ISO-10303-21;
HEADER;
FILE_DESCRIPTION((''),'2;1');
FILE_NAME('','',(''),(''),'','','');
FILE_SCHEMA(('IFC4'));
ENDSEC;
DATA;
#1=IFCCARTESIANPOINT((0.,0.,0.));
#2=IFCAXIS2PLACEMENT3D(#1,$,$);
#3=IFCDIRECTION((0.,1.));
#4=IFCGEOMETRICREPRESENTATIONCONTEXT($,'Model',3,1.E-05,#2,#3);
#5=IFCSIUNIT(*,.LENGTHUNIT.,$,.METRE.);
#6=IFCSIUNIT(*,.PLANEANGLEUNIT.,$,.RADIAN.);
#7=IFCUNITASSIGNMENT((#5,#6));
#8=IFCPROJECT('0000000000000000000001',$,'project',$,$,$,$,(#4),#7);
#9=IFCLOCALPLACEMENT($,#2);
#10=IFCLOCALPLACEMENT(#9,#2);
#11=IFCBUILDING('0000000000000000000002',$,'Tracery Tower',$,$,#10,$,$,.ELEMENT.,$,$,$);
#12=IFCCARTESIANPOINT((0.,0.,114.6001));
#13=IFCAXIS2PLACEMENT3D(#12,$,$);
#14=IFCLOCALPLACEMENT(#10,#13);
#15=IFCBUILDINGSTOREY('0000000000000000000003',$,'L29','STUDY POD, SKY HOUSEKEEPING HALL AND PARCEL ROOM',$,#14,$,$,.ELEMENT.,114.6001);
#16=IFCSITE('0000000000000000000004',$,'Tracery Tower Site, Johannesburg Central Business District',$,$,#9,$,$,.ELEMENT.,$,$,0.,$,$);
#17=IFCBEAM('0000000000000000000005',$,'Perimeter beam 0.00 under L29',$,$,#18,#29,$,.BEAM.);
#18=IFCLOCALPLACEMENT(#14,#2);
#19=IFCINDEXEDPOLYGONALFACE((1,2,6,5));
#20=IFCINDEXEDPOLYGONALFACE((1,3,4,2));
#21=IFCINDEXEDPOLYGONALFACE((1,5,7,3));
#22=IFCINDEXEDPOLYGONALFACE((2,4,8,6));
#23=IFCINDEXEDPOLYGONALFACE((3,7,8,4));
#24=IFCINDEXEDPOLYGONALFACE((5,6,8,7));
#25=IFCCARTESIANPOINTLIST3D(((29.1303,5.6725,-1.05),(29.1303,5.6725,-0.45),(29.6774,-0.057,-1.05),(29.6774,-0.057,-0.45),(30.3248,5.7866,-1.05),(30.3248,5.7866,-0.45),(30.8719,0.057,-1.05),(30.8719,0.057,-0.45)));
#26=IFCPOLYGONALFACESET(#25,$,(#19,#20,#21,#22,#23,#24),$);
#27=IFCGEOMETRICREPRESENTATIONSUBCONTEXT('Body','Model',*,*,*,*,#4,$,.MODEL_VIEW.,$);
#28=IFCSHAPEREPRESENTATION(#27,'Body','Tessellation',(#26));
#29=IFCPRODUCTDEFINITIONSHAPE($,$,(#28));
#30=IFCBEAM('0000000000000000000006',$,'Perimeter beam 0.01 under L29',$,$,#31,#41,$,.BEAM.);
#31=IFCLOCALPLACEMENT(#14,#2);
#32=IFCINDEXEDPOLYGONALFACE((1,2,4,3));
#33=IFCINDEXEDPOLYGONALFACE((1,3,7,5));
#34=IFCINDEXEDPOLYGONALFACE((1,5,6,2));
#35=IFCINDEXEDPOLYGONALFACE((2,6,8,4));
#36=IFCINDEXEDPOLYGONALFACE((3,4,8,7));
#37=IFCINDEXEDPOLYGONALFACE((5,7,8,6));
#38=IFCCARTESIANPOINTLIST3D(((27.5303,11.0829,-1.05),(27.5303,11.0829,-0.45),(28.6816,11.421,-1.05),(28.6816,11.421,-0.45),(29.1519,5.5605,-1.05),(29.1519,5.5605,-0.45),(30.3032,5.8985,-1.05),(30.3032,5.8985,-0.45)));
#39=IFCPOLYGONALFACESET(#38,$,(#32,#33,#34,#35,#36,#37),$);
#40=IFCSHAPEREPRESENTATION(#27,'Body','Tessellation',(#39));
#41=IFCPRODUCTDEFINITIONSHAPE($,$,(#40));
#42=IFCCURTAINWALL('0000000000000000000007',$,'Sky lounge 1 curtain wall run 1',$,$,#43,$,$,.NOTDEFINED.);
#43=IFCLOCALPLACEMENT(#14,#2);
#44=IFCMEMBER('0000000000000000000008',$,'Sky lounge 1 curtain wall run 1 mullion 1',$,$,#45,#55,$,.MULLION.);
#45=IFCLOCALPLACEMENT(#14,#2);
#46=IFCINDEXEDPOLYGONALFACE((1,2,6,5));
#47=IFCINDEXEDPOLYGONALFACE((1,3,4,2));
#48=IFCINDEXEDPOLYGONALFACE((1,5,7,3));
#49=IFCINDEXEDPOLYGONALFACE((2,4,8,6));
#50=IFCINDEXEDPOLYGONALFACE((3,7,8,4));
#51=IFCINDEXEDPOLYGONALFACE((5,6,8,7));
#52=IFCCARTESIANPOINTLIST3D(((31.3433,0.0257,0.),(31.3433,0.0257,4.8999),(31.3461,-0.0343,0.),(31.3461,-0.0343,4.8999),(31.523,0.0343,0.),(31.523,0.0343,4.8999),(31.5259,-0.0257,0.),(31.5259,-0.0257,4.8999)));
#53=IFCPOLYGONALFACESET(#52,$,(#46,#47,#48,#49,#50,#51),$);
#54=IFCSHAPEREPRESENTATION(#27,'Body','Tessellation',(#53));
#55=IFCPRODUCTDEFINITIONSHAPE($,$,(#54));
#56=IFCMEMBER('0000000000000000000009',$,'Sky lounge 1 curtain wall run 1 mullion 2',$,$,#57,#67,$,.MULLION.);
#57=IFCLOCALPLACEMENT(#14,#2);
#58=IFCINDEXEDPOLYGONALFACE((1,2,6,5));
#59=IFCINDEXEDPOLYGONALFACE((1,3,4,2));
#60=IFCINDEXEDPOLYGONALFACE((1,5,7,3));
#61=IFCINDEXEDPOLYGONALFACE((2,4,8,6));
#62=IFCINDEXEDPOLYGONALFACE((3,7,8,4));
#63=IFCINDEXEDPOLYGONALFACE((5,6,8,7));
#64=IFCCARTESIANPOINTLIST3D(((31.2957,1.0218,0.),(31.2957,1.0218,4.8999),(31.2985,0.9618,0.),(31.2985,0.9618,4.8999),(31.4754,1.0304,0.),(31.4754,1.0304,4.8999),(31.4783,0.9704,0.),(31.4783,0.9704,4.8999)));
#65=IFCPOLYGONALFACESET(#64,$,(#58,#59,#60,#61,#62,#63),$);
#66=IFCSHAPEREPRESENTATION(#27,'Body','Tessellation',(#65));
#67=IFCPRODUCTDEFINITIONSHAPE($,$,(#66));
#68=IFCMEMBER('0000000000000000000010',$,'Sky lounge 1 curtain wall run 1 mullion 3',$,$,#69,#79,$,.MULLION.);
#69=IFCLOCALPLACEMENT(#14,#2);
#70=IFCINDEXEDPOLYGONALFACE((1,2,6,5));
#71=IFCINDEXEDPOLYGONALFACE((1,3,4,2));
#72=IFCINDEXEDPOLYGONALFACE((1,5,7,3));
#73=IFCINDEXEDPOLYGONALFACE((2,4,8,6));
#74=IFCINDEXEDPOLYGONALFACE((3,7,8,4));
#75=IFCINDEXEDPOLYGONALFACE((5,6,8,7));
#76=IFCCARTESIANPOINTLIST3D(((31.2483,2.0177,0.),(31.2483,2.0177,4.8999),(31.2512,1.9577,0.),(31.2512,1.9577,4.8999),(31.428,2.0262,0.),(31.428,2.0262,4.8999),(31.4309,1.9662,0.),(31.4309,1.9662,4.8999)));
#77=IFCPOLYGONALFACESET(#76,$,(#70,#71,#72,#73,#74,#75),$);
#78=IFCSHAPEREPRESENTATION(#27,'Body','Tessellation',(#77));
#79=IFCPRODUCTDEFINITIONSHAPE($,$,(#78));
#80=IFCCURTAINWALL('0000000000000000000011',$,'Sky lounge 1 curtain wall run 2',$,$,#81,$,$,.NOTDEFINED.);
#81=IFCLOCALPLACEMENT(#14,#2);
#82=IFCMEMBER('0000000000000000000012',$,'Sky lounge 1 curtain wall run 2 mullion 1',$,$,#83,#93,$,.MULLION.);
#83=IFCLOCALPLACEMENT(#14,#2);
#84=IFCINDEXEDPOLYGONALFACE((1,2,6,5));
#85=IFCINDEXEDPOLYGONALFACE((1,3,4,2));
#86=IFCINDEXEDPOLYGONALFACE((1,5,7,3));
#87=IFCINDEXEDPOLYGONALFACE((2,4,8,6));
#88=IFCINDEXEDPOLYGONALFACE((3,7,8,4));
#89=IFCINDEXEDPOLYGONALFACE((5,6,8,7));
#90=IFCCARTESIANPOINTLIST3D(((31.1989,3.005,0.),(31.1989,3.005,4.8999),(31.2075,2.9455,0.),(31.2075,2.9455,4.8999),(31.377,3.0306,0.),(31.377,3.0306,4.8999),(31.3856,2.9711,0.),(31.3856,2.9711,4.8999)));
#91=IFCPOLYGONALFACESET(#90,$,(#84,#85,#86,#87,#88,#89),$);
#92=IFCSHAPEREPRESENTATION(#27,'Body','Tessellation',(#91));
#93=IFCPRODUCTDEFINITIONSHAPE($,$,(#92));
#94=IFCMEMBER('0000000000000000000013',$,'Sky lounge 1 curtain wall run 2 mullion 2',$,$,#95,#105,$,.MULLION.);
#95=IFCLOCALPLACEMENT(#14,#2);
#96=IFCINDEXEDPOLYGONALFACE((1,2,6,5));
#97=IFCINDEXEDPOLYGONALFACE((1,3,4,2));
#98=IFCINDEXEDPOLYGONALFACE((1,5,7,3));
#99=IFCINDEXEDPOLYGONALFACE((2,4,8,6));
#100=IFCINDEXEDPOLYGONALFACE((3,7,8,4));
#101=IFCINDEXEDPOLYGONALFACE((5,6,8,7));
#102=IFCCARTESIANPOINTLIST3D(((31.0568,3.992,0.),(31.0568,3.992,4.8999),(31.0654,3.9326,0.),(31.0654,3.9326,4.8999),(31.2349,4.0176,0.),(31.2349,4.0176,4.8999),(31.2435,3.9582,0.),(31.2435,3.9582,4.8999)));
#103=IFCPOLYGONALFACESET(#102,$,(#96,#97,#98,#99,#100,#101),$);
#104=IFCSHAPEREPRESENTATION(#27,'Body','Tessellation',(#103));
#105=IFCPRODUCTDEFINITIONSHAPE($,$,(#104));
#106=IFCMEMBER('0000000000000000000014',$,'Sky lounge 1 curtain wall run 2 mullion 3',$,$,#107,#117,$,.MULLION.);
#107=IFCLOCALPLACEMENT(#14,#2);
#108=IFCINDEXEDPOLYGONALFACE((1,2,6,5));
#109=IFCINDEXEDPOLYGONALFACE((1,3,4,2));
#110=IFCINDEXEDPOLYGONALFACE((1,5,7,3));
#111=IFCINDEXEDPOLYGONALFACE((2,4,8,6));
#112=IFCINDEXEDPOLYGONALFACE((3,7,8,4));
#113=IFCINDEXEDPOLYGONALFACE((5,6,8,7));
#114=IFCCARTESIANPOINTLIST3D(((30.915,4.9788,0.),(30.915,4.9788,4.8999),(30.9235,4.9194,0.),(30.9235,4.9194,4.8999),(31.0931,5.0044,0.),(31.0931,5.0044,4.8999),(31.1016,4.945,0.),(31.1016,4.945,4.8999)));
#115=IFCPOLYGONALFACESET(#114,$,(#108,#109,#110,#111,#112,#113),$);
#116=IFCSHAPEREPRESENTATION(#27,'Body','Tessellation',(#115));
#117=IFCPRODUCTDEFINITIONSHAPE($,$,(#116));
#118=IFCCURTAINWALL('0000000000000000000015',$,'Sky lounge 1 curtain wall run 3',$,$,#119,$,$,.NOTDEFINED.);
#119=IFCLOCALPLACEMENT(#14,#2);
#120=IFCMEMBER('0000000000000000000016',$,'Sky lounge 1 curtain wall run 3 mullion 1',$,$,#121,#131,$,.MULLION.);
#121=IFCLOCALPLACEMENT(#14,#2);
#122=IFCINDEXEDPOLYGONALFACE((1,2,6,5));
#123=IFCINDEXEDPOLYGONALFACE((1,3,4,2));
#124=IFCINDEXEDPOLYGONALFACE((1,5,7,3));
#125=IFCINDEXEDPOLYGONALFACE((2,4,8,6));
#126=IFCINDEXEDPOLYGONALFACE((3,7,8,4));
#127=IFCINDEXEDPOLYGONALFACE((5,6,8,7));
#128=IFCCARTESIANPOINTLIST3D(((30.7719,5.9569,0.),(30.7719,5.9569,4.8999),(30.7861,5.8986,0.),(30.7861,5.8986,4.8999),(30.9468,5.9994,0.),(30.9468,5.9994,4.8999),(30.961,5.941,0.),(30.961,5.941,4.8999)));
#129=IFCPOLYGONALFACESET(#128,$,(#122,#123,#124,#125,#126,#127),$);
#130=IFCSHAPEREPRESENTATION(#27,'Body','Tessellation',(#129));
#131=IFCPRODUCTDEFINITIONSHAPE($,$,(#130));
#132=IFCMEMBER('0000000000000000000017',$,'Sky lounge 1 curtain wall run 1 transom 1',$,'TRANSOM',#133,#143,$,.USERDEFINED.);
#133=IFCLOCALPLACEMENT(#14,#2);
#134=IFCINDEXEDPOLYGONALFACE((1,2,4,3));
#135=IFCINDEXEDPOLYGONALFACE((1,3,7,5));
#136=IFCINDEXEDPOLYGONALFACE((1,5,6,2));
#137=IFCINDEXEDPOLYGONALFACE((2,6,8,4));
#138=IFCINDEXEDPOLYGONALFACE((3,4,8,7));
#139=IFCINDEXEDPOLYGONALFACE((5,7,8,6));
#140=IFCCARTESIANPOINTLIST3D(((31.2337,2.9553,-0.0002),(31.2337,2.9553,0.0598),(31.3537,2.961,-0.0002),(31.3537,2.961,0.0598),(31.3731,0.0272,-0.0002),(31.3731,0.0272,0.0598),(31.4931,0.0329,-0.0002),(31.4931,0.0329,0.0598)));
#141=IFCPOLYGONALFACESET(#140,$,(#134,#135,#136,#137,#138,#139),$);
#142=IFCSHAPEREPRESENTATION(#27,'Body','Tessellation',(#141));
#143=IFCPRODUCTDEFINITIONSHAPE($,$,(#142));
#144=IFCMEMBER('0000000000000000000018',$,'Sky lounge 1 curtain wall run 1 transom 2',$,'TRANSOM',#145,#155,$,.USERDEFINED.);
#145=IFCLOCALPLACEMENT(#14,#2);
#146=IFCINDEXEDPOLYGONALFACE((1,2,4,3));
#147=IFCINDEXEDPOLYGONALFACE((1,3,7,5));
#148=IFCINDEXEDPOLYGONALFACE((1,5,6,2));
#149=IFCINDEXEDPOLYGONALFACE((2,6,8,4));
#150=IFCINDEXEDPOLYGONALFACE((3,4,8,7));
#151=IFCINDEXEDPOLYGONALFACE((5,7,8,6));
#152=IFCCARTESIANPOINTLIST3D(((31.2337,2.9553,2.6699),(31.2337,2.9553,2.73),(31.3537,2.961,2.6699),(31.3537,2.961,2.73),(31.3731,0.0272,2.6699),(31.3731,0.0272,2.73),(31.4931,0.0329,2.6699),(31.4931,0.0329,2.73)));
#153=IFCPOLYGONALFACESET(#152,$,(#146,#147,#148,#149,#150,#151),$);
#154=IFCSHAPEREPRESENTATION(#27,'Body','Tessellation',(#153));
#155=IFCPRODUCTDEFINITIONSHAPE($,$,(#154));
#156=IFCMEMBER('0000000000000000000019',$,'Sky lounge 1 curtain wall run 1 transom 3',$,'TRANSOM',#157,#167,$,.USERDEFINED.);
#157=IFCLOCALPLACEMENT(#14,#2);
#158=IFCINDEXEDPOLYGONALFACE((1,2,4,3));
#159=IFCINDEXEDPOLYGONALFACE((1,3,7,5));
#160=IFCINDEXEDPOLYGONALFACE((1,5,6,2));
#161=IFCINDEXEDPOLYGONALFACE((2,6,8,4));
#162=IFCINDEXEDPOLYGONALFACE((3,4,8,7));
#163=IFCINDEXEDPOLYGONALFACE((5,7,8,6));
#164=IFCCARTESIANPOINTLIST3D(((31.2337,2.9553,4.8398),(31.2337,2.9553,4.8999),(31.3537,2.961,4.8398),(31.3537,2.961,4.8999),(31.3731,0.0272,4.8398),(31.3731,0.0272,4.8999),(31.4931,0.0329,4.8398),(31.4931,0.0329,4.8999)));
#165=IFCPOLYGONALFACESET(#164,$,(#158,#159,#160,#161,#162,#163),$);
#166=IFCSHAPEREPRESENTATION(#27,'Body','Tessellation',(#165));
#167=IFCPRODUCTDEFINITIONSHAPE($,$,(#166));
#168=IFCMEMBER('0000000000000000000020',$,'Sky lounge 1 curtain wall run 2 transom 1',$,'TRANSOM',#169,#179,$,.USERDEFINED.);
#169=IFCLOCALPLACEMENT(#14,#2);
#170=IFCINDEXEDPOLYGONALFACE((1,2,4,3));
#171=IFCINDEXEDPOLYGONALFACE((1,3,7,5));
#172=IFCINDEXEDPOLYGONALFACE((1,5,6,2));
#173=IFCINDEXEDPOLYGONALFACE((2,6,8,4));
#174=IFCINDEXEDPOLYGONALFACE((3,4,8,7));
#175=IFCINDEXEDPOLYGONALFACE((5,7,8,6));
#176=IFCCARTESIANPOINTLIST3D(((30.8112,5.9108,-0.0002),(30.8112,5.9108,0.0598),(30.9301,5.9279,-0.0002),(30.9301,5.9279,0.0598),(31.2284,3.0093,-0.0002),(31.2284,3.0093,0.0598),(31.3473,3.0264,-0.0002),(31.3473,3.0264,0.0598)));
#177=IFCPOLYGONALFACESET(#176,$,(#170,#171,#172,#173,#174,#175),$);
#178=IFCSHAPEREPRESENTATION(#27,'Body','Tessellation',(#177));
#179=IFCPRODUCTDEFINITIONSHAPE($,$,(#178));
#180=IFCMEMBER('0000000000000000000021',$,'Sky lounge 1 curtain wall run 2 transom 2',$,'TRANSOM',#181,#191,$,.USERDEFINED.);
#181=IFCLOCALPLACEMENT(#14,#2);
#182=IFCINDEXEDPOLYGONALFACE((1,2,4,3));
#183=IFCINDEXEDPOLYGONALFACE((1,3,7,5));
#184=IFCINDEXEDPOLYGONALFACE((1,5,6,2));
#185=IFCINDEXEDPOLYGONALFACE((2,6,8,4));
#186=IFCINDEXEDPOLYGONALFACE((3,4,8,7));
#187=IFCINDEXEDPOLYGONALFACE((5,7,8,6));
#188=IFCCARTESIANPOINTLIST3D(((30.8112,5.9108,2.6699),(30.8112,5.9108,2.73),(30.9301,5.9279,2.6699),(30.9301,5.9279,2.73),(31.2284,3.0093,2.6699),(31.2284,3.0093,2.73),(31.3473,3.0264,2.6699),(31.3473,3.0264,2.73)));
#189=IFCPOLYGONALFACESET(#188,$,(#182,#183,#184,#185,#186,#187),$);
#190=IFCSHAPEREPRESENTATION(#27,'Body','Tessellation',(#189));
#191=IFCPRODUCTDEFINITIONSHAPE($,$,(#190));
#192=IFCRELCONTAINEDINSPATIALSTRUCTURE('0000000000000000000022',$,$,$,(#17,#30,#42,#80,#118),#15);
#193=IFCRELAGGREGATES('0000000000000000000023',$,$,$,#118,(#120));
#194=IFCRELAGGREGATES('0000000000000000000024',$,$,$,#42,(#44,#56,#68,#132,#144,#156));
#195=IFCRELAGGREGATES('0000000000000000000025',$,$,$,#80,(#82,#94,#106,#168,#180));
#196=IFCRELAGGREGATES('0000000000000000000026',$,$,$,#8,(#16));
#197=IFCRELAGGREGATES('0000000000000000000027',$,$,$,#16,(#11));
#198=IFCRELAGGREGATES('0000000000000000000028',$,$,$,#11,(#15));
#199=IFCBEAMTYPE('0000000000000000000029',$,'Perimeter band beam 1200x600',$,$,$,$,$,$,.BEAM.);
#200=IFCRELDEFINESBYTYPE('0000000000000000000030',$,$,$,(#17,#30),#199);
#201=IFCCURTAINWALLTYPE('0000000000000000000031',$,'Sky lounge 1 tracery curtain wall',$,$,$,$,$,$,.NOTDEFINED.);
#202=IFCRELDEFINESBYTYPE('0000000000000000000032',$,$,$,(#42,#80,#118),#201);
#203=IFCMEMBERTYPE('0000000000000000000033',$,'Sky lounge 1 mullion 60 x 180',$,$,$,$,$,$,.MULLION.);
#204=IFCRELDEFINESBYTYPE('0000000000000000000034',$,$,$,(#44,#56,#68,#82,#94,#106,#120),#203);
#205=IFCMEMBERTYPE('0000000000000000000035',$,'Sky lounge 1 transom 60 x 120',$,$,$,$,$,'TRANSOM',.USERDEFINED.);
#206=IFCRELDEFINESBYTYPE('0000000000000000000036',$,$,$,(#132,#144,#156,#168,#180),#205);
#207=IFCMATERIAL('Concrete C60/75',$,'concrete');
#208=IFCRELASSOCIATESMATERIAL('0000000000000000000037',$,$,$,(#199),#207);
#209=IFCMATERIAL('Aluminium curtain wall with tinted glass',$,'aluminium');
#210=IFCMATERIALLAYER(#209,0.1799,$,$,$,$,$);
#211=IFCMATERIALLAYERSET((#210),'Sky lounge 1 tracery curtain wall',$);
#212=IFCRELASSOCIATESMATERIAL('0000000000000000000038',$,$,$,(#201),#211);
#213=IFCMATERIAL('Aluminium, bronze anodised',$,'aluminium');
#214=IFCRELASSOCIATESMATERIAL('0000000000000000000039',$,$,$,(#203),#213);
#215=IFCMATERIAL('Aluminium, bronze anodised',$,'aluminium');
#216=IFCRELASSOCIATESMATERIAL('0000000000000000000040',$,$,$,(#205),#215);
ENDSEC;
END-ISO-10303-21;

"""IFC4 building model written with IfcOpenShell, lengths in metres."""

from ifc_helpers import new_model, si_unit, direction, frame, origin, origin_2d, place, context, subcontext, project, spatial, rectangle, extrude, material, layer, layer_set, material_profile, profile_set, type_object, element, aggregate, save


model = new_model("IFC4")

# Units and contexts
model_context = context("Model", 3, precision=1e-05, world=origin(), true_north=direction((0.0, 1.0)))
body_context = subcontext(model_context, "Body", "Model", "MODEL_VIEW")
ifc_project = project(units=[si_unit("LENGTHUNIT", "METRE"), si_unit("PLANEANGLEUNIT", "RADIAN")], contexts=[model_context])

# Site, building, storey
site_placement = place(None, origin())
site = spatial("IfcSite", under=ifc_project, at=site_placement, Name="Tracery Tower Site, Johannesburg Central Business District", CompositionType="ELEMENT", RefElevation=0.0)
building_placement = place(site_placement, origin())
building = spatial("IfcBuilding", under=site, at=building_placement, Name="Tracery Tower", CompositionType="ELEMENT")
storey_placement = place(building_placement, frame((0.0, 0.0, 114.6001)))
storey = spatial("IfcBuildingStorey", under=building, at=storey_placement, Name="L29", Description="STUDY POD, SKY HOUSEKEEPING HALL AND PARCEL ROOM", CompositionType="ELEMENT", Elevation=114.6001)

# Beams
ifc_material_1 = material(Name="Concrete C60/75", Category="concrete")
ifc_material_profile_1 = material_profile(ifc_material_1, rectangle(XDim=1.2, YDim=0.6001, at=origin_2d()), Name="RC 1200x600")
ifc_profile_set_1 = profile_set([ifc_material_profile_1], Name="Concrete C60/75")
beam_type = type_object("IfcBeamType", Name="Perimeter band beam 1200x600", PredefinedType="BEAM", material=ifc_profile_set_1)
for number, where, z_axis, x_axis, name in (
    (1, (30.2747, 0.0, -0.75), (-0.095059, 0.995472, 0.0), (-0.995472, -0.095059, 0.0), "Perimeter beam 0.00 under L29"),
    (2, (29.7275, 5.7295, -0.75), (-0.281739, 0.959491, 0.0), (-0.959491, -0.281739, 0.0), "Perimeter beam 0.01 under L29"),
):
    element("IfcBeam", number, at=place(storey_placement, frame(where, z_axis=z_axis, x_axis=x_axis)), inside=storey, type_object=beam_type, Name=name, PredefinedType="BEAM", context=body_context, shape_type="SweptSolid", body=[
        extrude(rectangle(XDim=1.2, YDim=0.6001, at=origin_2d()), origin(), (0.0, 0.0, 1.0), 5.7556),
    ])

# Curtain walls, members
ifc_material_2 = material(Name="Aluminium curtain wall with tinted glass", Category="aluminium")
ifc_layer_1 = layer(ifc_material_2, 0.1799)
ifc_layer_set_1 = layer_set([ifc_layer_1], Name="Sky lounge 1 tracery curtain wall")
curtain_wall_type = type_object("IfcCurtainWallType", Name="Sky lounge 1 tracery curtain wall", PredefinedType="NOTDEFINED", material=ifc_layer_set_1)
curtain_wall_1_placement = place(storey_placement, origin())
curtain_wall_1 = element("IfcCurtainWall", 3, at=curtain_wall_1_placement, inside=storey, type_object=curtain_wall_type, Name="Sky lounge 1 curtain wall run 1", PredefinedType="NOTDEFINED")
ifc_material_3 = material(Name="Aluminium, bronze anodised", Category="aluminium")
ifc_material_profile_2 = material_profile(ifc_material_3, rectangle(XDim=0.1799, YDim=0.0601, at=origin_2d()), Name="AL 60x180")
ifc_profile_set_2 = profile_set([ifc_material_profile_2], Name="Aluminium, bronze anodised")
member_type_1 = type_object("IfcMemberType", Name="Sky lounge 1 mullion 60 x 180", PredefinedType="MULLION", material=ifc_profile_set_2)
member_1_placement = place(storey_placement, frame((31.4346, 0.0, 0.0), z_axis=(0.0, 0.0, 1.0), x_axis=(-0.998867, -0.047582, 0.0)))
member_1 = element("IfcMember", 4, at=member_1_placement, type_object=member_type_1, Name="Sky lounge 1 curtain wall run 1 mullion 1", PredefinedType="MULLION", context=body_context, shape_type="SweptSolid", body=[
    extrude(rectangle(XDim=0.1799, YDim=0.0601, at=origin_2d()), origin(), (0.0, 0.0, 1.0), 4.8999),
])
member_2_placement = place(storey_placement, frame((31.387, 0.9961, 0.0), z_axis=(0.0, 0.0, 1.0), x_axis=(-0.998867, -0.047582, 0.0)))
member_2 = element("IfcMember", 5, at=member_2_placement, type_object=member_type_1, Name="Sky lounge 1 curtain wall run 1 mullion 2", PredefinedType="MULLION", context=body_context, shape_type="SweptSolid", body=[
    extrude(rectangle(XDim=0.1799, YDim=0.0601, at=origin_2d()), origin(), (0.0, 0.0, 1.0), 4.8999),
])
member_3_placement = place(storey_placement, frame((31.3396, 1.9919, 0.0), z_axis=(0.0, 0.0, 1.0), x_axis=(-0.998867, -0.047582, 0.0)))
member_3 = element("IfcMember", 6, at=member_3_placement, type_object=member_type_1, Name="Sky lounge 1 curtain wall run 1 mullion 3", PredefinedType="MULLION", context=body_context, shape_type="SweptSolid", body=[
    extrude(rectangle(XDim=0.1799, YDim=0.0601, at=origin_2d()), origin(), (0.0, 0.0, 1.0), 4.8999),
])
curtain_wall_2_placement = place(storey_placement, origin())
curtain_wall_2 = element("IfcCurtainWall", 7, at=curtain_wall_2_placement, inside=storey, type_object=curtain_wall_type, Name="Sky lounge 1 curtain wall run 2", PredefinedType="NOTDEFINED")
member_4_placement = place(storey_placement, frame((31.2922, 2.988, 0.0), z_axis=(0.0, 0.0, 1.0), x_axis=(-0.989821, -0.142315, 0.0)))
member_4 = element("IfcMember", 8, at=member_4_placement, type_object=member_type_1, Name="Sky lounge 1 curtain wall run 2 mullion 1", PredefinedType="MULLION", context=body_context, shape_type="SweptSolid", body=[
    extrude(rectangle(XDim=0.1799, YDim=0.0601, at=origin_2d()), origin(), (0.0, 0.0, 1.0), 4.8999),
])
member_5_placement = place(storey_placement, frame((31.1501, 3.9751, 0.0), z_axis=(0.0, 0.0, 1.0), x_axis=(-0.989821, -0.142315, 0.0)))
member_5 = element("IfcMember", 9, at=member_5_placement, type_object=member_type_1, Name="Sky lounge 1 curtain wall run 2 mullion 2", PredefinedType="MULLION", context=body_context, shape_type="SweptSolid", body=[
    extrude(rectangle(XDim=0.1799, YDim=0.0601, at=origin_2d()), origin(), (0.0, 0.0, 1.0), 4.8999),
])
member_6_placement = place(storey_placement, frame((31.0083, 4.9619, 0.0), z_axis=(0.0, 0.0, 1.0), x_axis=(-0.989821, -0.142315, 0.0)))
member_6 = element("IfcMember", 10, at=member_6_placement, type_object=member_type_1, Name="Sky lounge 1 curtain wall run 2 mullion 3", PredefinedType="MULLION", context=body_context, shape_type="SweptSolid", body=[
    extrude(rectangle(XDim=0.1799, YDim=0.0601, at=origin_2d()), origin(), (0.0, 0.0, 1.0), 4.8999),
])

# Curtain wall, member
curtain_wall_3_placement = place(storey_placement, origin())
curtain_wall_3 = element("IfcCurtainWall", 11, at=curtain_wall_3_placement, inside=storey, type_object=curtain_wall_type, Name="Sky lounge 1 curtain wall run 3", PredefinedType="NOTDEFINED")
member_7_placement = place(storey_placement, frame((30.8665, 5.949, 0.0), z_axis=(0.0, 0.0, 1.0), x_axis=(-0.971812, -0.235759, 0.0)))
member_7 = element("IfcMember", 12, at=member_7_placement, type_object=member_type_1, Name="Sky lounge 1 curtain wall run 3 mullion 1", PredefinedType="MULLION", context=body_context, shape_type="SweptSolid", body=[
    extrude(rectangle(XDim=0.1799, YDim=0.0601, at=origin_2d()), origin(), (0.0, 0.0, 1.0), 4.8999),
])
aggregate(curtain_wall_3, [member_7])

# Members
ifc_material_4 = material(Name="Aluminium, bronze anodised", Category="aluminium")
ifc_material_profile_3 = material_profile(ifc_material_4, rectangle(XDim=0.1201, YDim=0.0601, at=origin_2d()), Name="AL 60x120")
ifc_profile_set_3 = profile_set([ifc_material_profile_3], Name="Aluminium, bronze anodised")
member_type_2 = type_object("IfcMemberType", Name="Sky lounge 1 transom 60 x 120", ElementType="TRANSOM", PredefinedType="USERDEFINED", material=ifc_profile_set_3)
member_8_placement = place(storey_placement, frame((31.4331, 0.03, 0.0298), z_axis=(-0.047557, 0.998869, 0.0), x_axis=(-0.998869, -0.047557, 0.0)))
member_8 = element("IfcMember", 13, at=member_8_placement, type_object=member_type_2, Name="Sky lounge 1 curtain wall run 1 transom 1", ObjectType="TRANSOM", PredefinedType="USERDEFINED", context=body_context, shape_type="SweptSolid", body=[
    extrude(rectangle(XDim=0.1201, YDim=0.0601, at=origin_2d()), origin(), (0.0, 0.0, 1.0), 2.9314),
])
member_9_placement = place(storey_placement, frame((31.4331, 0.03, 2.7), z_axis=(-0.047557, 0.998869, 0.0), x_axis=(-0.998869, -0.047557, 0.0)))
member_9 = element("IfcMember", 14, at=member_9_placement, type_object=member_type_2, Name="Sky lounge 1 curtain wall run 1 transom 2", ObjectType="TRANSOM", PredefinedType="USERDEFINED", context=body_context, shape_type="SweptSolid", body=[
    extrude(rectangle(XDim=0.1201, YDim=0.0601, at=origin_2d()), origin(), (0.0, 0.0, 1.0), 2.9314),
])
member_10_placement = place(storey_placement, frame((31.4331, 0.03, 4.8699), z_axis=(-0.047557, 0.998869, 0.0), x_axis=(-0.998869, -0.047557, 0.0)))
member_10 = element("IfcMember", 15, at=member_10_placement, type_object=member_type_2, Name="Sky lounge 1 curtain wall run 1 transom 3", ObjectType="TRANSOM", PredefinedType="USERDEFINED", context=body_context, shape_type="SweptSolid", body=[
    extrude(rectangle(XDim=0.1201, YDim=0.0601, at=origin_2d()), origin(), (0.0, 0.0, 1.0), 2.9314),
])
member_11_placement = place(storey_placement, frame((31.2878, 3.0178, 0.0298), z_axis=(-0.142331, 0.989819, 0.0), x_axis=(-0.989819, -0.142331, 0.0)))
member_11 = element("IfcMember", 16, at=member_11_placement, type_object=member_type_2, Name="Sky lounge 1 curtain wall run 2 transom 1", ObjectType="TRANSOM", PredefinedType="USERDEFINED", context=body_context, shape_type="SweptSolid", body=[
    extrude(rectangle(XDim=0.1201, YDim=0.0601, at=origin_2d()), origin(), (0.0, 0.0, 1.0), 2.9314),
])
member_12_placement = place(storey_placement, frame((31.2878, 3.0178, 2.7), z_axis=(-0.142331, 0.989819, 0.0), x_axis=(-0.989819, -0.142331, 0.0)))
member_12 = element("IfcMember", 17, at=member_12_placement, type_object=member_type_2, Name="Sky lounge 1 curtain wall run 2 transom 2", ObjectType="TRANSOM", PredefinedType="USERDEFINED", context=body_context, shape_type="SweptSolid", body=[
    extrude(rectangle(XDim=0.1201, YDim=0.0601, at=origin_2d()), origin(), (0.0, 0.0, 1.0), 2.9314),
])

aggregate(curtain_wall_1, [member_1, member_2, member_3, member_8, member_9, member_10])
aggregate(curtain_wall_2, [member_4, member_5, member_6, member_11, member_12])

save(model, "model.ifc")
